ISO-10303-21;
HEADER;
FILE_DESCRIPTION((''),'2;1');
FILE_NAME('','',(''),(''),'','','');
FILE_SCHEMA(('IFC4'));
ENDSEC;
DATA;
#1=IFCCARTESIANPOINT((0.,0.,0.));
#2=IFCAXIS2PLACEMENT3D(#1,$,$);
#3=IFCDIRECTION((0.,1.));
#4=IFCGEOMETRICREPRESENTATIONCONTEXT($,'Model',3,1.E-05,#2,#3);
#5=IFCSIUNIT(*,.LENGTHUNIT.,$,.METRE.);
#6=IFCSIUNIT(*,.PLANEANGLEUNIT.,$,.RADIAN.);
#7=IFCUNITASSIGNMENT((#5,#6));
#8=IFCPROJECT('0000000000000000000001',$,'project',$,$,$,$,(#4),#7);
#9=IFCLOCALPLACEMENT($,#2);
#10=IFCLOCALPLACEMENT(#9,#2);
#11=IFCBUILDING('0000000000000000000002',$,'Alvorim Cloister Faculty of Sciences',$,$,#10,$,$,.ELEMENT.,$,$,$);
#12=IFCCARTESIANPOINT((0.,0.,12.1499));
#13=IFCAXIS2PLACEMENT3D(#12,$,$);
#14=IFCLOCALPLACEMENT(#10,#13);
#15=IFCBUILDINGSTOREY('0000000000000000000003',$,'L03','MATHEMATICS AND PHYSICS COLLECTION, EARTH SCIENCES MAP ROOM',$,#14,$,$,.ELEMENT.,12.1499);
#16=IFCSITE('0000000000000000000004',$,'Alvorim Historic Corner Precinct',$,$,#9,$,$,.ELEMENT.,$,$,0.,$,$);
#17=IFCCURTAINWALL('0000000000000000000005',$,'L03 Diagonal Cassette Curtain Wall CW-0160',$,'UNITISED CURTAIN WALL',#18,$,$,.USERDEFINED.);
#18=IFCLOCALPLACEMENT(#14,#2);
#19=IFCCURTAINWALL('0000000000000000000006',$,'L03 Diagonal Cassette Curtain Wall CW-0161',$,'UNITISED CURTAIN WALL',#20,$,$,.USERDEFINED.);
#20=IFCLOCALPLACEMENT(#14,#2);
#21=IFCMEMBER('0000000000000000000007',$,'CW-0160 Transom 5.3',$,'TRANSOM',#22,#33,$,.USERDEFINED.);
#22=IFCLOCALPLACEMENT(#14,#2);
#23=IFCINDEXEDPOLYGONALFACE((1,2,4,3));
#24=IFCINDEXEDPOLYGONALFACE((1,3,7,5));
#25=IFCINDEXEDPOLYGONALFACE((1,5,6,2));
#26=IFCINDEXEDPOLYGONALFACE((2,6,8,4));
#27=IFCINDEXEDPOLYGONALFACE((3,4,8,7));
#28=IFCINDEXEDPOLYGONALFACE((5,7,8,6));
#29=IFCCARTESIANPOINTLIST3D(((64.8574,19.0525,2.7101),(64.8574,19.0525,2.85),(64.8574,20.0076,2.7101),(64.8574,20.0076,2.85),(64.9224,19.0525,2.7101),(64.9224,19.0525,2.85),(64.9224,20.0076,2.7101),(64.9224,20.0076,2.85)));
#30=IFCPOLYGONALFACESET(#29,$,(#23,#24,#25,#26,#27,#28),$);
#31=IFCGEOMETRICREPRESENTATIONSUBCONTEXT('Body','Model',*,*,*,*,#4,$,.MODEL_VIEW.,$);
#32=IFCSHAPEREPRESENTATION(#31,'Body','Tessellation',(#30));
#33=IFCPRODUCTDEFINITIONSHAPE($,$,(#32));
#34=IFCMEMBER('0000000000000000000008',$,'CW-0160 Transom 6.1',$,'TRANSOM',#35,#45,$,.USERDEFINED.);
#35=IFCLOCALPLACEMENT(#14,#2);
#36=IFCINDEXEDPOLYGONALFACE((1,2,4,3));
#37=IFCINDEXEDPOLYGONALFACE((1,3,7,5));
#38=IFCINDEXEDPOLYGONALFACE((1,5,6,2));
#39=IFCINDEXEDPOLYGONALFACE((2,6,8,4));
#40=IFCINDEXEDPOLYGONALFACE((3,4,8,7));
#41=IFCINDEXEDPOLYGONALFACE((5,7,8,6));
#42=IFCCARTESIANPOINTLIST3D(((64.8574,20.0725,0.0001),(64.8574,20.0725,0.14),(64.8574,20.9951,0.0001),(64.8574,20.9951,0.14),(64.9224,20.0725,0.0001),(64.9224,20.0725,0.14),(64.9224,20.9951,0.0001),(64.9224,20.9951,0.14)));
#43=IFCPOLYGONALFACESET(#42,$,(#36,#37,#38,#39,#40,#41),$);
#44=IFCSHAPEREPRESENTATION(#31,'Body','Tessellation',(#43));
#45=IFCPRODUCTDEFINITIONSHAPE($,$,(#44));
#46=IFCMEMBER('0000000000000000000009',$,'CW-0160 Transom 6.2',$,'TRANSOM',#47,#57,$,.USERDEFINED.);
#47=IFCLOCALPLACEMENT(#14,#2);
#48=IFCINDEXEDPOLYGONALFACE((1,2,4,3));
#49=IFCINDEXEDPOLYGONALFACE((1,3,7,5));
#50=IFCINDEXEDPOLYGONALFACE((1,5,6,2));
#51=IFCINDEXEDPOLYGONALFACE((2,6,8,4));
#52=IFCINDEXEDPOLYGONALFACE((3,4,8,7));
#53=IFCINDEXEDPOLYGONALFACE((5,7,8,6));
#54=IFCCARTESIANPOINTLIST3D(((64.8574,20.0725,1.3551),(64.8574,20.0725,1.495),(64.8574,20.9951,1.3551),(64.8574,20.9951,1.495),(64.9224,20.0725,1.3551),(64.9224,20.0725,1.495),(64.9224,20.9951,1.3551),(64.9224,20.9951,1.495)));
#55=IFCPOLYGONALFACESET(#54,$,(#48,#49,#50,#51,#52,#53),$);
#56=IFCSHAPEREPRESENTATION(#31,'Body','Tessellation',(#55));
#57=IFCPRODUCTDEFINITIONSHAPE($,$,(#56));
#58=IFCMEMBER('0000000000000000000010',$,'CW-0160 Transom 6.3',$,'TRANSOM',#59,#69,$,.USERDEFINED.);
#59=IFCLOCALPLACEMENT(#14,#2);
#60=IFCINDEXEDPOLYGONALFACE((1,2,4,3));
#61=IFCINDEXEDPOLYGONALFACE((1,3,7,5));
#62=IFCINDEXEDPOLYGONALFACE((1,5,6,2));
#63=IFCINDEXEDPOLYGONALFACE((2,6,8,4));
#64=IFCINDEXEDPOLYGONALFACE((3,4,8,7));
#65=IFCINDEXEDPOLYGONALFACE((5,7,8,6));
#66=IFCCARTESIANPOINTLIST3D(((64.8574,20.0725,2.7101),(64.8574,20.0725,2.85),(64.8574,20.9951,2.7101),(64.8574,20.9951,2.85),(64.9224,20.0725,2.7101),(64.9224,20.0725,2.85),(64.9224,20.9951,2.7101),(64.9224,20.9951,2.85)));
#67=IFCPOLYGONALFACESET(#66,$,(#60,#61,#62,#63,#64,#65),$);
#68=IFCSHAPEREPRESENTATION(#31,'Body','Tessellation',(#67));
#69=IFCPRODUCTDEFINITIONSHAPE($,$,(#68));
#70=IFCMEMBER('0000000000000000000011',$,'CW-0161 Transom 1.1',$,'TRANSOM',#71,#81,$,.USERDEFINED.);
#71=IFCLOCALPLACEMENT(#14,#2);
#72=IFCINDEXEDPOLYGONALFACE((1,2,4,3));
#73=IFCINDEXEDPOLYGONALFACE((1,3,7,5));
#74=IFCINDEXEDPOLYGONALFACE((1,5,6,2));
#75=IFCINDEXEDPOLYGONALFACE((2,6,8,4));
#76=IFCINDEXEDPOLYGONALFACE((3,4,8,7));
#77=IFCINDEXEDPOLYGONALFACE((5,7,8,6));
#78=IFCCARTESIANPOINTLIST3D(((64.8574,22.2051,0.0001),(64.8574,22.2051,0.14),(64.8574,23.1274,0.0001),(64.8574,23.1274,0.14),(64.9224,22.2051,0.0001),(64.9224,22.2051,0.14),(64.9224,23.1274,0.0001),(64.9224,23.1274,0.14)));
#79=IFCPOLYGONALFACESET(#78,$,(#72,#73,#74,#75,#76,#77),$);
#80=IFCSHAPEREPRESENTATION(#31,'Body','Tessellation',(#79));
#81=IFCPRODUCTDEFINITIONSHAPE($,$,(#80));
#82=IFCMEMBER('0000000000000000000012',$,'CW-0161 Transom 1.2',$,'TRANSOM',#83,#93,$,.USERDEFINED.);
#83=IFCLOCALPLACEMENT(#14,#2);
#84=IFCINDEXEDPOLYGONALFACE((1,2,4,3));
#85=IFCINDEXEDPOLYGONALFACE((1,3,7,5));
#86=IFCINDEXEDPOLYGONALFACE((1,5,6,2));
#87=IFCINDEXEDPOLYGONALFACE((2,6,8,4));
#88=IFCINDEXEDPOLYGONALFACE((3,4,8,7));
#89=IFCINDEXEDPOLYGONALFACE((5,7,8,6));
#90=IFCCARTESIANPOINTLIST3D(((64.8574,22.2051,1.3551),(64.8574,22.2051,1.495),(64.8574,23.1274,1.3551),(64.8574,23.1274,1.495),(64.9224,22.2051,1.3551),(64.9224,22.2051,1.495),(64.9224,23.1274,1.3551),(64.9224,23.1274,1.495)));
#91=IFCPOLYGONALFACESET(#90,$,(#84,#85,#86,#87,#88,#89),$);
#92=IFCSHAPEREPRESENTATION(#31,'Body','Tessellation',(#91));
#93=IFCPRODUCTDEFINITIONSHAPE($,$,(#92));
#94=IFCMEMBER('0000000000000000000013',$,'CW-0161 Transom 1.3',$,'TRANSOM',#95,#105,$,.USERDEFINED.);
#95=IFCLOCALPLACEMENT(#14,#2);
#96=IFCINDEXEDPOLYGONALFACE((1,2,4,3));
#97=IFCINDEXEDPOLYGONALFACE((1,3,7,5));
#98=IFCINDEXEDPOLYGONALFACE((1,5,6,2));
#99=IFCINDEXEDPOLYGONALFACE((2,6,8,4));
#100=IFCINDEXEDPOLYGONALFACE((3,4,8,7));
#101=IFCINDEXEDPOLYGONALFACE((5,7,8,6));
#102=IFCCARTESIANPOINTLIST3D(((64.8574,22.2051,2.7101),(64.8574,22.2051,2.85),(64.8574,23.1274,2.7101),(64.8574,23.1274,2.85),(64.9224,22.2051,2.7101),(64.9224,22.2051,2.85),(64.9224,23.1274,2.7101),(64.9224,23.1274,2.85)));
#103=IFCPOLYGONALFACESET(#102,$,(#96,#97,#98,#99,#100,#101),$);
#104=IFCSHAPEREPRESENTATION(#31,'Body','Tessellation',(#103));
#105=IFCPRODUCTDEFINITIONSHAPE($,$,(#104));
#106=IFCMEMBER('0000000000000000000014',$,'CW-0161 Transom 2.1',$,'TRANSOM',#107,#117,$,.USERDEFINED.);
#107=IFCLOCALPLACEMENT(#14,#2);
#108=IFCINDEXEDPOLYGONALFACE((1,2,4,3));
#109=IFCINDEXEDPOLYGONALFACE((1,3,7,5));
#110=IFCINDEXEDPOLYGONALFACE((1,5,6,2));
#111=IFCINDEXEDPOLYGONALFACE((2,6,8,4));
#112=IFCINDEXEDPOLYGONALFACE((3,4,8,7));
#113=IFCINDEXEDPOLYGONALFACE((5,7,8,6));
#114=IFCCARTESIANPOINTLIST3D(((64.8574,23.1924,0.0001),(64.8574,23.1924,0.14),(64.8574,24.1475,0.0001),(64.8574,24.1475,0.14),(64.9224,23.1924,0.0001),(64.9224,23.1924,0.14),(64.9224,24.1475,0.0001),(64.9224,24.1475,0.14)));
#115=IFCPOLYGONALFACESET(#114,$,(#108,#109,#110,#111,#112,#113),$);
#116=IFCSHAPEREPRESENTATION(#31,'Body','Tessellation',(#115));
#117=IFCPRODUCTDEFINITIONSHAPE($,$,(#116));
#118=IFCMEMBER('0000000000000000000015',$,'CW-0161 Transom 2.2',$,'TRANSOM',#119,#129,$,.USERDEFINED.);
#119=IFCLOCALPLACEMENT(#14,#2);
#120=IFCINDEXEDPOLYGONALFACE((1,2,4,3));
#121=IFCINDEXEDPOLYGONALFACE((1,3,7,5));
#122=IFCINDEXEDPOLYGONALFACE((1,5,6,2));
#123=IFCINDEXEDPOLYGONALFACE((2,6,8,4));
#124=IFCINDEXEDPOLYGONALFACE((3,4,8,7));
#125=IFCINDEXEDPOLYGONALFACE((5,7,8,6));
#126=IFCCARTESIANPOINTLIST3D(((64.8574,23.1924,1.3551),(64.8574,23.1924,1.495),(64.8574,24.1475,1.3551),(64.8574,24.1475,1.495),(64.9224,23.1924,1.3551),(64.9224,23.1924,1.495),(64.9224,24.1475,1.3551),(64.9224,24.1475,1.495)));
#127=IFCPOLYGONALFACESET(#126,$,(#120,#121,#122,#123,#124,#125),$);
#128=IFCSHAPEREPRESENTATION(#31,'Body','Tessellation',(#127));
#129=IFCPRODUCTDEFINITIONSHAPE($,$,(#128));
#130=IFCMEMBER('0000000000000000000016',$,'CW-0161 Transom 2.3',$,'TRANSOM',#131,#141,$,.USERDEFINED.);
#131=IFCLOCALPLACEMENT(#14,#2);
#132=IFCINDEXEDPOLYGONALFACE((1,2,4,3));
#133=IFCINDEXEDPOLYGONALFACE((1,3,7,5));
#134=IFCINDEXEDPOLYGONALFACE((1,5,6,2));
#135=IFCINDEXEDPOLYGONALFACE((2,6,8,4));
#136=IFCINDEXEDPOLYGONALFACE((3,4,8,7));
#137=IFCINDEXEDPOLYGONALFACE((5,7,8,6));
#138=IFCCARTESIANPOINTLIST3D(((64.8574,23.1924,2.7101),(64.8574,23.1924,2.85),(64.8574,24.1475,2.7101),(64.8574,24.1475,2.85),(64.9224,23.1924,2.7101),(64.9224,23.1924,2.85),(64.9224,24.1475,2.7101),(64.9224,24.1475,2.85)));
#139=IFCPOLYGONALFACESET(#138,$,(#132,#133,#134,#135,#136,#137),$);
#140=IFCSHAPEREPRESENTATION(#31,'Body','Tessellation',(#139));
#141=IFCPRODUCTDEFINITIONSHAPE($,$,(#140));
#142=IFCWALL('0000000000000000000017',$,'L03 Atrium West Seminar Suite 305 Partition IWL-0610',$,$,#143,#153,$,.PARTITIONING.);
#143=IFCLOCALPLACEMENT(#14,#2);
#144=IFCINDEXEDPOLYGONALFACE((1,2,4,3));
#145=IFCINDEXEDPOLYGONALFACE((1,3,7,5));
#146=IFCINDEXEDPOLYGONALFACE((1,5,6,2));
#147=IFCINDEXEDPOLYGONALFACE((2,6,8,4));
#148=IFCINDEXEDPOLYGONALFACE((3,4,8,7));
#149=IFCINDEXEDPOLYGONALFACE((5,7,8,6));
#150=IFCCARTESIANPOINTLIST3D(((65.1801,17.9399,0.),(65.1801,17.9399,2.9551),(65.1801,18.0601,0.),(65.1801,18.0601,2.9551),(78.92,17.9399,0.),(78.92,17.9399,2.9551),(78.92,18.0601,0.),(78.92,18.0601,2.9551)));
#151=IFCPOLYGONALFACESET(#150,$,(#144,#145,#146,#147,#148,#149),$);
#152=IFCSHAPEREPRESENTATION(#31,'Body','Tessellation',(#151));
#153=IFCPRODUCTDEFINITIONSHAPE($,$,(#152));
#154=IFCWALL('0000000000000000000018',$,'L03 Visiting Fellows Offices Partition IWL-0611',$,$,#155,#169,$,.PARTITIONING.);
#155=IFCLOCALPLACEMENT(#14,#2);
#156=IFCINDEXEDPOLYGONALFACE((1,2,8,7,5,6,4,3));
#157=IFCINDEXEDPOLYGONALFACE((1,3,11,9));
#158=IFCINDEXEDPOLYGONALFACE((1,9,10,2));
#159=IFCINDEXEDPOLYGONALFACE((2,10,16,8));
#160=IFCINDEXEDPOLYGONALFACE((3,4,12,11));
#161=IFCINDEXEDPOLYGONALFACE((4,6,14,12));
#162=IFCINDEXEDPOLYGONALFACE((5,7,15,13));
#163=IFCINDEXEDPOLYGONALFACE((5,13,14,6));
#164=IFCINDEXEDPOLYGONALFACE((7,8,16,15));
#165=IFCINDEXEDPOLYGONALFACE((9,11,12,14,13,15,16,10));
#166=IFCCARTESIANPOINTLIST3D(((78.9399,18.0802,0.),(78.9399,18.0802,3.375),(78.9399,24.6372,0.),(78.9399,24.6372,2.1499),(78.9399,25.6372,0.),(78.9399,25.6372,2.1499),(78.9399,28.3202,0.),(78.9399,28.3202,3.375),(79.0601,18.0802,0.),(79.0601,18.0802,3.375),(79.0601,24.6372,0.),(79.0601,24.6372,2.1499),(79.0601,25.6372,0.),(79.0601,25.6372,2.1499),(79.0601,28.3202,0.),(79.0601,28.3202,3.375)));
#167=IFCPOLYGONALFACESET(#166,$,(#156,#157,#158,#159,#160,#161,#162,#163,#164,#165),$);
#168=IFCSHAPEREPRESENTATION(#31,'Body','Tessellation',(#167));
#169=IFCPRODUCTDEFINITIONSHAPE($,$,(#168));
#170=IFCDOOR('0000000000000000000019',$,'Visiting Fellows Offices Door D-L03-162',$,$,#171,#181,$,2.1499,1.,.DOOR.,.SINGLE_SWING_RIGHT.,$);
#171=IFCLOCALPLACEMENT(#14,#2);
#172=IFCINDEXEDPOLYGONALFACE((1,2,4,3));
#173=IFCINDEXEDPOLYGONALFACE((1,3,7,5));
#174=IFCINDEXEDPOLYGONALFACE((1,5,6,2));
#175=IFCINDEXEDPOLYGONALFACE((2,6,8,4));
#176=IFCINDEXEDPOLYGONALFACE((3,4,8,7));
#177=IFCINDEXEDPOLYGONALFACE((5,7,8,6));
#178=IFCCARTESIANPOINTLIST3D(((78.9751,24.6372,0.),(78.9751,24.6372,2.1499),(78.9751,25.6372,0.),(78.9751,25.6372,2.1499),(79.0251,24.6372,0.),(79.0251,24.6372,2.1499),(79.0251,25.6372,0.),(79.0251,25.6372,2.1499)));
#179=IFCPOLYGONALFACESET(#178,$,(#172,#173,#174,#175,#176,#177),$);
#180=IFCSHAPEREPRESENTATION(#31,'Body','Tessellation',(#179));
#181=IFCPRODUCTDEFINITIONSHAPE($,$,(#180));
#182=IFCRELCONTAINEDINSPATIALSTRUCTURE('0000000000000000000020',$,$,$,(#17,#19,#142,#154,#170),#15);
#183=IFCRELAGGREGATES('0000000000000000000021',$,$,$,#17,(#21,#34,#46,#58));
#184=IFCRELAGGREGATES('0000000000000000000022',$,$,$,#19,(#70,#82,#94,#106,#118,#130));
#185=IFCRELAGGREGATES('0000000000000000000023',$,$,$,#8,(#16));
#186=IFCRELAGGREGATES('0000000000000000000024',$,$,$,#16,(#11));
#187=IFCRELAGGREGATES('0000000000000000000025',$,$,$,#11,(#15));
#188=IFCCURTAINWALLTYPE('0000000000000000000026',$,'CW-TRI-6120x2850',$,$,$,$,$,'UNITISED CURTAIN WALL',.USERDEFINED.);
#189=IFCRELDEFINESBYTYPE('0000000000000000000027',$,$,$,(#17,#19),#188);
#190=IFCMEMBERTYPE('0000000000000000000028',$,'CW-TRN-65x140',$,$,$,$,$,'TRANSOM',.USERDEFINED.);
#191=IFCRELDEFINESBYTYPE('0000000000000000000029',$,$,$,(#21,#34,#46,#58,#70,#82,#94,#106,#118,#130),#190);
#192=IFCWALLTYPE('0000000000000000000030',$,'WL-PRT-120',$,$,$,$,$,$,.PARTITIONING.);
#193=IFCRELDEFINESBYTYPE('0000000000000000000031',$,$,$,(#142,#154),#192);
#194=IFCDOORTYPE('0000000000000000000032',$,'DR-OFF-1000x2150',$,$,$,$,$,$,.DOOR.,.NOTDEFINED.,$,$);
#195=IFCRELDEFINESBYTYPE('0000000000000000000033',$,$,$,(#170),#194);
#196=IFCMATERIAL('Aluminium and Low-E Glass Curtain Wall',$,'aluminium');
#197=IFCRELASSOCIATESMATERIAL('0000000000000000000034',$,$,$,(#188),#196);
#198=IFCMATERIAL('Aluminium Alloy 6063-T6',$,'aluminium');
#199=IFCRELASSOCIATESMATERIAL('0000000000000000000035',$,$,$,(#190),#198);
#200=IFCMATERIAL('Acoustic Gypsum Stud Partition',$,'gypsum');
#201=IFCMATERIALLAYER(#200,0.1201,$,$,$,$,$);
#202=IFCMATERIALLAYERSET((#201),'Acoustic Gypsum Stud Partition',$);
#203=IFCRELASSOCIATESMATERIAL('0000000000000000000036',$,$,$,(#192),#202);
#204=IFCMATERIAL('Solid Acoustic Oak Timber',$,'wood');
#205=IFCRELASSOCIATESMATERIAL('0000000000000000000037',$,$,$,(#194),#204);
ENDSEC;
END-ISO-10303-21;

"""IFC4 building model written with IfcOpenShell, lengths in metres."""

from ifc_helpers import new_model, si_unit, direction, frame, frame_2d, origin, origin_2d, place, context, subcontext, project, spatial, rectangle, extrude, material, layer, layer_set, material_profile, profile_set, type_object, element, fill, aggregate, save


model = new_model("IFC4")

# Units and contexts
model_context = context("Model", 3, precision=1e-05, world=origin(), true_north=direction((0.0, 1.0)))
body_context = subcontext(model_context, "Body", "Model", "MODEL_VIEW")
ifc_project = project(units=[si_unit("LENGTHUNIT", "METRE"), si_unit("PLANEANGLEUNIT", "RADIAN")], contexts=[model_context])

# Site, building, storey
site_placement = place(None, origin())
site = spatial("IfcSite", under=ifc_project, at=site_placement, Name="Alvorim Historic Corner Precinct", CompositionType="ELEMENT", RefElevation=0.0)
building_placement = place(site_placement, origin())
building = spatial("IfcBuilding", under=site, at=building_placement, Name="Alvorim Cloister Faculty of Sciences", CompositionType="ELEMENT")
storey_placement = place(building_placement, frame((0.0, 0.0, 12.1499)))
storey = spatial("IfcBuildingStorey", under=building, at=storey_placement, Name="L03", Description="MATHEMATICS AND PHYSICS COLLECTION, EARTH SCIENCES MAP ROOM", CompositionType="ELEMENT", Elevation=12.1499)

# Curtain walls
ifc_material_1 = material(Name="Aluminium and Low-E Glass Curtain Wall", Category="aluminium")
curtain_wall_type = type_object("IfcCurtainWallType", Name="CW-TRI-6120x2850", ElementType="UNITISED CURTAIN WALL", PredefinedType="USERDEFINED", material=ifc_material_1)
curtain_wall_1_placement = place(storey_placement, origin())
curtain_wall_1 = element("IfcCurtainWall", 1, at=curtain_wall_1_placement, inside=storey, type_object=curtain_wall_type, Name="L03 Diagonal Cassette Curtain Wall CW-0160", ObjectType="UNITISED CURTAIN WALL", PredefinedType="USERDEFINED")
ifc_material_2 = material(Name="Aluminium Alloy 6063-T6", Category="aluminium")
curtain_wall_2_placement = place(storey_placement, origin())
curtain_wall_2 = element("IfcCurtainWall", 2, at=curtain_wall_2_placement, inside=storey, type_object=curtain_wall_type, Name="L03 Diagonal Cassette Curtain Wall CW-0161", ObjectType="UNITISED CURTAIN WALL", PredefinedType="USERDEFINED")

# Members
ifc_material_profile_1 = material_profile(ifc_material_2, rectangle(XDim=0.0649, YDim=0.1399, at=origin_2d()), Name="ALU-TRN-65x140")
ifc_profile_set_1 = profile_set([ifc_material_profile_1], Name="Aluminium Alloy 6063-T6")
member_type_1 = type_object("IfcMemberType", Name="CW-TRN-65x140", ElementType="TRANSOM", PredefinedType="USERDEFINED", material=ifc_profile_set_1)
member_1_placement = place(storey_placement, frame((64.8899, 19.0525, 2.78), z_axis=(0.0, 1.0, 0.0), x_axis=(-1.0, 0.0, 0.0)))
member_1 = element("IfcMember", 3, at=member_1_placement, type_object=member_type_1, Name="CW-0160 Transom 5.3", ObjectType="TRANSOM", PredefinedType="USERDEFINED", context=body_context, shape_type="SweptSolid", body=[
    extrude(rectangle(XDim=0.0649, YDim=0.1399, at=origin_2d()), origin(), (0.0, 0.0, 1.0), 0.9551),
])
member_2_placement = place(storey_placement, frame((64.8899, 20.0725, 0.0701), z_axis=(0.0, 1.0, 0.0), x_axis=(-1.0, 0.0, 0.0)))
member_2 = element("IfcMember", 4, at=member_2_placement, type_object=member_type_1, Name="CW-0160 Transom 6.1", ObjectType="TRANSOM", PredefinedType="USERDEFINED", context=body_context, shape_type="SweptSolid", body=[
    extrude(rectangle(XDim=0.0649, YDim=0.1399, at=origin_2d()), origin(), (0.0, 0.0, 1.0), 0.9226),
])
member_3_placement = place(storey_placement, frame((64.8899, 20.0725, 1.425), z_axis=(0.0, 1.0, 0.0), x_axis=(-1.0, 0.0, 0.0)))
member_3 = element("IfcMember", 5, at=member_3_placement, type_object=member_type_1, Name="CW-0160 Transom 6.2", ObjectType="TRANSOM", PredefinedType="USERDEFINED", context=body_context, shape_type="SweptSolid", body=[
    extrude(rectangle(XDim=0.0649, YDim=0.1399, at=origin_2d()), origin(), (0.0, 0.0, 1.0), 0.9226),
])
member_4_placement = place(storey_placement, frame((64.8899, 20.0725, 2.78), z_axis=(0.0, 1.0, 0.0), x_axis=(-1.0, 0.0, 0.0)))
member_4 = element("IfcMember", 6, at=member_4_placement, type_object=member_type_1, Name="CW-0160 Transom 6.3", ObjectType="TRANSOM", PredefinedType="USERDEFINED", context=body_context, shape_type="SweptSolid", body=[
    extrude(rectangle(XDim=0.0649, YDim=0.1399, at=origin_2d()), origin(), (0.0, 0.0, 1.0), 0.9226),
])
aggregate(curtain_wall_1, [member_1, member_2, member_3, member_4])
member_5_placement = place(storey_placement, frame((64.8899, 22.2051, 0.0701), z_axis=(0.0, 1.0, 0.0), x_axis=(-1.0, 0.0, 0.0)))
member_5 = element("IfcMember", 7, at=member_5_placement, type_object=member_type_1, Name="CW-0161 Transom 1.1", ObjectType="TRANSOM", PredefinedType="USERDEFINED", context=body_context, shape_type="SweptSolid", body=[
    extrude(rectangle(XDim=0.0649, YDim=0.1399, at=origin_2d()), origin(), (0.0, 0.0, 1.0), 0.9224),
])
member_6_placement = place(storey_placement, frame((64.8899, 22.2051, 1.425), z_axis=(0.0, 1.0, 0.0), x_axis=(-1.0, 0.0, 0.0)))
member_6 = element("IfcMember", 8, at=member_6_placement, type_object=member_type_1, Name="CW-0161 Transom 1.2", ObjectType="TRANSOM", PredefinedType="USERDEFINED", context=body_context, shape_type="SweptSolid", body=[
    extrude(rectangle(XDim=0.0649, YDim=0.1399, at=origin_2d()), origin(), (0.0, 0.0, 1.0), 0.9224),
])
member_7_placement = place(storey_placement, frame((64.8899, 22.2051, 2.78), z_axis=(0.0, 1.0, 0.0), x_axis=(-1.0, 0.0, 0.0)))
member_7 = element("IfcMember", 9, at=member_7_placement, type_object=member_type_1, Name="CW-0161 Transom 1.3", ObjectType="TRANSOM", PredefinedType="USERDEFINED", context=body_context, shape_type="SweptSolid", body=[
    extrude(rectangle(XDim=0.0649, YDim=0.1399, at=origin_2d()), origin(), (0.0, 0.0, 1.0), 0.9224),
])
member_8_placement = place(storey_placement, frame((64.8899, 23.1924, 0.0701), z_axis=(0.0, 1.0, 0.0), x_axis=(-1.0, 0.0, 0.0)))
member_8 = element("IfcMember", 10, at=member_8_placement, type_object=member_type_1, Name="CW-0161 Transom 2.1", ObjectType="TRANSOM", PredefinedType="USERDEFINED", context=body_context, shape_type="SweptSolid", body=[
    extrude(rectangle(XDim=0.0649, YDim=0.1399, at=origin_2d()), origin(), (0.0, 0.0, 1.0), 0.9551),
])
member_9_placement = place(storey_placement, frame((64.8899, 23.1924, 1.425), z_axis=(0.0, 1.0, 0.0), x_axis=(-1.0, 0.0, 0.0)))
member_9 = element("IfcMember", 11, at=member_9_placement, type_object=member_type_1, Name="CW-0161 Transom 2.2", ObjectType="TRANSOM", PredefinedType="USERDEFINED", context=body_context, shape_type="SweptSolid", body=[
    extrude(rectangle(XDim=0.0649, YDim=0.1399, at=origin_2d()), origin(), (0.0, 0.0, 1.0), 0.9551),
])
member_10_placement = place(storey_placement, frame((64.8899, 23.1924, 2.78), z_axis=(0.0, 1.0, 0.0), x_axis=(-1.0, 0.0, 0.0)))
member_10 = element("IfcMember", 12, at=member_10_placement, type_object=member_type_1, Name="CW-0161 Transom 2.3", ObjectType="TRANSOM", PredefinedType="USERDEFINED", context=body_context, shape_type="SweptSolid", body=[
    extrude(rectangle(XDim=0.0649, YDim=0.1399, at=origin_2d()), origin(), (0.0, 0.0, 1.0), 0.9551),
])
aggregate(curtain_wall_2, [member_5, member_6, member_7, member_8, member_9, member_10])

# Wall
ifc_material_3 = material(Name="Acoustic Gypsum Stud Partition", Category="gypsum")
ifc_layer = layer(ifc_material_3, 0.1201)
ifc_layer_set = layer_set([ifc_layer], Name="Acoustic Gypsum Stud Partition")
wall_type = type_object("IfcWallType", Name="WL-PRT-120", PredefinedType="PARTITIONING", material=ifc_layer_set)
wall_1_placement = place(storey_placement, frame((65.1799, 18.0, 0.0), z_axis=(0.0, 0.0, 1.0), x_axis=(1.0, 0.0, 0.0)))
element("IfcWall", 13, at=wall_1_placement, inside=storey, type_object=wall_type, Name="L03 Atrium West Seminar Suite 305 Partition IWL-0610", PredefinedType="PARTITIONING", context=body_context, shape_type="SweptSolid", body=[
    extrude(rectangle(XDim=13.74, YDim=0.1201, at=frame_2d((6.8701, 0.0))), origin(), (0.0, 0.0, 1.0), 2.9551),
])

# Wall, opening, door
wall_2_placement = place(storey_placement, frame((79.0, 18.0801, 0.0), z_axis=(0.0, 0.0, 1.0), x_axis=(0.0, 1.0, 0.0)))
wall_2 = element("IfcWall", 14, at=wall_2_placement, inside=storey, type_object=wall_type, Name="L03 Visiting Fellows Offices Partition IWL-0611", PredefinedType="PARTITIONING", context=body_context, shape_type="SweptSolid", body=[
    extrude(rectangle(XDim=10.24, YDim=0.1201, at=frame_2d((5.1201, 0.0))), origin(), (0.0, 0.0, 1.0), 3.375),
])
opening_placement = place(wall_2_placement, frame((6.5571, 0.0, 0.0)))
opening = element("IfcOpeningElement", 15, at=opening_placement, cuts=wall_2, PredefinedType="OPENING", context=body_context, shape_type="SweptSolid", body=[
    extrude(rectangle(XDim=1.0, YDim=2.1499, at=frame_2d((0.5, 1.075))), frame((0.0, 0.072, 0.0), z_axis=(0.0, -1.0, 0.0), x_axis=(1.0, 0.0, 0.0)), (0.0, 0.0, 1.0), 0.144),
])
ifc_material_4 = material(Name="Solid Acoustic Oak Timber", Category="wood")
door_type = type_object("IfcDoorType", Name="DR-OFF-1000x2150", OperationType="NOTDEFINED", PredefinedType="DOOR", material=ifc_material_4)
door_placement = place(opening_placement, origin())
door = element("IfcDoor", 16, at=door_placement, inside=storey, type_object=door_type, Name="Visiting Fellows Offices Door D-L03-162", OperationType="SINGLE_SWING_RIGHT", OverallHeight=2.1499, OverallWidth=1.0, PredefinedType="DOOR", context=body_context, shape_type="SweptSolid", body=[
    extrude(rectangle(XDim=1.0, YDim=2.1499, at=frame_2d((0.5, 1.075))), frame((0.0, 0.0249, 0.0), z_axis=(0.0, -1.0, 0.0), x_axis=(1.0, 0.0, 0.0)), (0.0, 0.0, 1.0), 0.05),
])
fill(opening, door)

save(model, "model.ifc")
